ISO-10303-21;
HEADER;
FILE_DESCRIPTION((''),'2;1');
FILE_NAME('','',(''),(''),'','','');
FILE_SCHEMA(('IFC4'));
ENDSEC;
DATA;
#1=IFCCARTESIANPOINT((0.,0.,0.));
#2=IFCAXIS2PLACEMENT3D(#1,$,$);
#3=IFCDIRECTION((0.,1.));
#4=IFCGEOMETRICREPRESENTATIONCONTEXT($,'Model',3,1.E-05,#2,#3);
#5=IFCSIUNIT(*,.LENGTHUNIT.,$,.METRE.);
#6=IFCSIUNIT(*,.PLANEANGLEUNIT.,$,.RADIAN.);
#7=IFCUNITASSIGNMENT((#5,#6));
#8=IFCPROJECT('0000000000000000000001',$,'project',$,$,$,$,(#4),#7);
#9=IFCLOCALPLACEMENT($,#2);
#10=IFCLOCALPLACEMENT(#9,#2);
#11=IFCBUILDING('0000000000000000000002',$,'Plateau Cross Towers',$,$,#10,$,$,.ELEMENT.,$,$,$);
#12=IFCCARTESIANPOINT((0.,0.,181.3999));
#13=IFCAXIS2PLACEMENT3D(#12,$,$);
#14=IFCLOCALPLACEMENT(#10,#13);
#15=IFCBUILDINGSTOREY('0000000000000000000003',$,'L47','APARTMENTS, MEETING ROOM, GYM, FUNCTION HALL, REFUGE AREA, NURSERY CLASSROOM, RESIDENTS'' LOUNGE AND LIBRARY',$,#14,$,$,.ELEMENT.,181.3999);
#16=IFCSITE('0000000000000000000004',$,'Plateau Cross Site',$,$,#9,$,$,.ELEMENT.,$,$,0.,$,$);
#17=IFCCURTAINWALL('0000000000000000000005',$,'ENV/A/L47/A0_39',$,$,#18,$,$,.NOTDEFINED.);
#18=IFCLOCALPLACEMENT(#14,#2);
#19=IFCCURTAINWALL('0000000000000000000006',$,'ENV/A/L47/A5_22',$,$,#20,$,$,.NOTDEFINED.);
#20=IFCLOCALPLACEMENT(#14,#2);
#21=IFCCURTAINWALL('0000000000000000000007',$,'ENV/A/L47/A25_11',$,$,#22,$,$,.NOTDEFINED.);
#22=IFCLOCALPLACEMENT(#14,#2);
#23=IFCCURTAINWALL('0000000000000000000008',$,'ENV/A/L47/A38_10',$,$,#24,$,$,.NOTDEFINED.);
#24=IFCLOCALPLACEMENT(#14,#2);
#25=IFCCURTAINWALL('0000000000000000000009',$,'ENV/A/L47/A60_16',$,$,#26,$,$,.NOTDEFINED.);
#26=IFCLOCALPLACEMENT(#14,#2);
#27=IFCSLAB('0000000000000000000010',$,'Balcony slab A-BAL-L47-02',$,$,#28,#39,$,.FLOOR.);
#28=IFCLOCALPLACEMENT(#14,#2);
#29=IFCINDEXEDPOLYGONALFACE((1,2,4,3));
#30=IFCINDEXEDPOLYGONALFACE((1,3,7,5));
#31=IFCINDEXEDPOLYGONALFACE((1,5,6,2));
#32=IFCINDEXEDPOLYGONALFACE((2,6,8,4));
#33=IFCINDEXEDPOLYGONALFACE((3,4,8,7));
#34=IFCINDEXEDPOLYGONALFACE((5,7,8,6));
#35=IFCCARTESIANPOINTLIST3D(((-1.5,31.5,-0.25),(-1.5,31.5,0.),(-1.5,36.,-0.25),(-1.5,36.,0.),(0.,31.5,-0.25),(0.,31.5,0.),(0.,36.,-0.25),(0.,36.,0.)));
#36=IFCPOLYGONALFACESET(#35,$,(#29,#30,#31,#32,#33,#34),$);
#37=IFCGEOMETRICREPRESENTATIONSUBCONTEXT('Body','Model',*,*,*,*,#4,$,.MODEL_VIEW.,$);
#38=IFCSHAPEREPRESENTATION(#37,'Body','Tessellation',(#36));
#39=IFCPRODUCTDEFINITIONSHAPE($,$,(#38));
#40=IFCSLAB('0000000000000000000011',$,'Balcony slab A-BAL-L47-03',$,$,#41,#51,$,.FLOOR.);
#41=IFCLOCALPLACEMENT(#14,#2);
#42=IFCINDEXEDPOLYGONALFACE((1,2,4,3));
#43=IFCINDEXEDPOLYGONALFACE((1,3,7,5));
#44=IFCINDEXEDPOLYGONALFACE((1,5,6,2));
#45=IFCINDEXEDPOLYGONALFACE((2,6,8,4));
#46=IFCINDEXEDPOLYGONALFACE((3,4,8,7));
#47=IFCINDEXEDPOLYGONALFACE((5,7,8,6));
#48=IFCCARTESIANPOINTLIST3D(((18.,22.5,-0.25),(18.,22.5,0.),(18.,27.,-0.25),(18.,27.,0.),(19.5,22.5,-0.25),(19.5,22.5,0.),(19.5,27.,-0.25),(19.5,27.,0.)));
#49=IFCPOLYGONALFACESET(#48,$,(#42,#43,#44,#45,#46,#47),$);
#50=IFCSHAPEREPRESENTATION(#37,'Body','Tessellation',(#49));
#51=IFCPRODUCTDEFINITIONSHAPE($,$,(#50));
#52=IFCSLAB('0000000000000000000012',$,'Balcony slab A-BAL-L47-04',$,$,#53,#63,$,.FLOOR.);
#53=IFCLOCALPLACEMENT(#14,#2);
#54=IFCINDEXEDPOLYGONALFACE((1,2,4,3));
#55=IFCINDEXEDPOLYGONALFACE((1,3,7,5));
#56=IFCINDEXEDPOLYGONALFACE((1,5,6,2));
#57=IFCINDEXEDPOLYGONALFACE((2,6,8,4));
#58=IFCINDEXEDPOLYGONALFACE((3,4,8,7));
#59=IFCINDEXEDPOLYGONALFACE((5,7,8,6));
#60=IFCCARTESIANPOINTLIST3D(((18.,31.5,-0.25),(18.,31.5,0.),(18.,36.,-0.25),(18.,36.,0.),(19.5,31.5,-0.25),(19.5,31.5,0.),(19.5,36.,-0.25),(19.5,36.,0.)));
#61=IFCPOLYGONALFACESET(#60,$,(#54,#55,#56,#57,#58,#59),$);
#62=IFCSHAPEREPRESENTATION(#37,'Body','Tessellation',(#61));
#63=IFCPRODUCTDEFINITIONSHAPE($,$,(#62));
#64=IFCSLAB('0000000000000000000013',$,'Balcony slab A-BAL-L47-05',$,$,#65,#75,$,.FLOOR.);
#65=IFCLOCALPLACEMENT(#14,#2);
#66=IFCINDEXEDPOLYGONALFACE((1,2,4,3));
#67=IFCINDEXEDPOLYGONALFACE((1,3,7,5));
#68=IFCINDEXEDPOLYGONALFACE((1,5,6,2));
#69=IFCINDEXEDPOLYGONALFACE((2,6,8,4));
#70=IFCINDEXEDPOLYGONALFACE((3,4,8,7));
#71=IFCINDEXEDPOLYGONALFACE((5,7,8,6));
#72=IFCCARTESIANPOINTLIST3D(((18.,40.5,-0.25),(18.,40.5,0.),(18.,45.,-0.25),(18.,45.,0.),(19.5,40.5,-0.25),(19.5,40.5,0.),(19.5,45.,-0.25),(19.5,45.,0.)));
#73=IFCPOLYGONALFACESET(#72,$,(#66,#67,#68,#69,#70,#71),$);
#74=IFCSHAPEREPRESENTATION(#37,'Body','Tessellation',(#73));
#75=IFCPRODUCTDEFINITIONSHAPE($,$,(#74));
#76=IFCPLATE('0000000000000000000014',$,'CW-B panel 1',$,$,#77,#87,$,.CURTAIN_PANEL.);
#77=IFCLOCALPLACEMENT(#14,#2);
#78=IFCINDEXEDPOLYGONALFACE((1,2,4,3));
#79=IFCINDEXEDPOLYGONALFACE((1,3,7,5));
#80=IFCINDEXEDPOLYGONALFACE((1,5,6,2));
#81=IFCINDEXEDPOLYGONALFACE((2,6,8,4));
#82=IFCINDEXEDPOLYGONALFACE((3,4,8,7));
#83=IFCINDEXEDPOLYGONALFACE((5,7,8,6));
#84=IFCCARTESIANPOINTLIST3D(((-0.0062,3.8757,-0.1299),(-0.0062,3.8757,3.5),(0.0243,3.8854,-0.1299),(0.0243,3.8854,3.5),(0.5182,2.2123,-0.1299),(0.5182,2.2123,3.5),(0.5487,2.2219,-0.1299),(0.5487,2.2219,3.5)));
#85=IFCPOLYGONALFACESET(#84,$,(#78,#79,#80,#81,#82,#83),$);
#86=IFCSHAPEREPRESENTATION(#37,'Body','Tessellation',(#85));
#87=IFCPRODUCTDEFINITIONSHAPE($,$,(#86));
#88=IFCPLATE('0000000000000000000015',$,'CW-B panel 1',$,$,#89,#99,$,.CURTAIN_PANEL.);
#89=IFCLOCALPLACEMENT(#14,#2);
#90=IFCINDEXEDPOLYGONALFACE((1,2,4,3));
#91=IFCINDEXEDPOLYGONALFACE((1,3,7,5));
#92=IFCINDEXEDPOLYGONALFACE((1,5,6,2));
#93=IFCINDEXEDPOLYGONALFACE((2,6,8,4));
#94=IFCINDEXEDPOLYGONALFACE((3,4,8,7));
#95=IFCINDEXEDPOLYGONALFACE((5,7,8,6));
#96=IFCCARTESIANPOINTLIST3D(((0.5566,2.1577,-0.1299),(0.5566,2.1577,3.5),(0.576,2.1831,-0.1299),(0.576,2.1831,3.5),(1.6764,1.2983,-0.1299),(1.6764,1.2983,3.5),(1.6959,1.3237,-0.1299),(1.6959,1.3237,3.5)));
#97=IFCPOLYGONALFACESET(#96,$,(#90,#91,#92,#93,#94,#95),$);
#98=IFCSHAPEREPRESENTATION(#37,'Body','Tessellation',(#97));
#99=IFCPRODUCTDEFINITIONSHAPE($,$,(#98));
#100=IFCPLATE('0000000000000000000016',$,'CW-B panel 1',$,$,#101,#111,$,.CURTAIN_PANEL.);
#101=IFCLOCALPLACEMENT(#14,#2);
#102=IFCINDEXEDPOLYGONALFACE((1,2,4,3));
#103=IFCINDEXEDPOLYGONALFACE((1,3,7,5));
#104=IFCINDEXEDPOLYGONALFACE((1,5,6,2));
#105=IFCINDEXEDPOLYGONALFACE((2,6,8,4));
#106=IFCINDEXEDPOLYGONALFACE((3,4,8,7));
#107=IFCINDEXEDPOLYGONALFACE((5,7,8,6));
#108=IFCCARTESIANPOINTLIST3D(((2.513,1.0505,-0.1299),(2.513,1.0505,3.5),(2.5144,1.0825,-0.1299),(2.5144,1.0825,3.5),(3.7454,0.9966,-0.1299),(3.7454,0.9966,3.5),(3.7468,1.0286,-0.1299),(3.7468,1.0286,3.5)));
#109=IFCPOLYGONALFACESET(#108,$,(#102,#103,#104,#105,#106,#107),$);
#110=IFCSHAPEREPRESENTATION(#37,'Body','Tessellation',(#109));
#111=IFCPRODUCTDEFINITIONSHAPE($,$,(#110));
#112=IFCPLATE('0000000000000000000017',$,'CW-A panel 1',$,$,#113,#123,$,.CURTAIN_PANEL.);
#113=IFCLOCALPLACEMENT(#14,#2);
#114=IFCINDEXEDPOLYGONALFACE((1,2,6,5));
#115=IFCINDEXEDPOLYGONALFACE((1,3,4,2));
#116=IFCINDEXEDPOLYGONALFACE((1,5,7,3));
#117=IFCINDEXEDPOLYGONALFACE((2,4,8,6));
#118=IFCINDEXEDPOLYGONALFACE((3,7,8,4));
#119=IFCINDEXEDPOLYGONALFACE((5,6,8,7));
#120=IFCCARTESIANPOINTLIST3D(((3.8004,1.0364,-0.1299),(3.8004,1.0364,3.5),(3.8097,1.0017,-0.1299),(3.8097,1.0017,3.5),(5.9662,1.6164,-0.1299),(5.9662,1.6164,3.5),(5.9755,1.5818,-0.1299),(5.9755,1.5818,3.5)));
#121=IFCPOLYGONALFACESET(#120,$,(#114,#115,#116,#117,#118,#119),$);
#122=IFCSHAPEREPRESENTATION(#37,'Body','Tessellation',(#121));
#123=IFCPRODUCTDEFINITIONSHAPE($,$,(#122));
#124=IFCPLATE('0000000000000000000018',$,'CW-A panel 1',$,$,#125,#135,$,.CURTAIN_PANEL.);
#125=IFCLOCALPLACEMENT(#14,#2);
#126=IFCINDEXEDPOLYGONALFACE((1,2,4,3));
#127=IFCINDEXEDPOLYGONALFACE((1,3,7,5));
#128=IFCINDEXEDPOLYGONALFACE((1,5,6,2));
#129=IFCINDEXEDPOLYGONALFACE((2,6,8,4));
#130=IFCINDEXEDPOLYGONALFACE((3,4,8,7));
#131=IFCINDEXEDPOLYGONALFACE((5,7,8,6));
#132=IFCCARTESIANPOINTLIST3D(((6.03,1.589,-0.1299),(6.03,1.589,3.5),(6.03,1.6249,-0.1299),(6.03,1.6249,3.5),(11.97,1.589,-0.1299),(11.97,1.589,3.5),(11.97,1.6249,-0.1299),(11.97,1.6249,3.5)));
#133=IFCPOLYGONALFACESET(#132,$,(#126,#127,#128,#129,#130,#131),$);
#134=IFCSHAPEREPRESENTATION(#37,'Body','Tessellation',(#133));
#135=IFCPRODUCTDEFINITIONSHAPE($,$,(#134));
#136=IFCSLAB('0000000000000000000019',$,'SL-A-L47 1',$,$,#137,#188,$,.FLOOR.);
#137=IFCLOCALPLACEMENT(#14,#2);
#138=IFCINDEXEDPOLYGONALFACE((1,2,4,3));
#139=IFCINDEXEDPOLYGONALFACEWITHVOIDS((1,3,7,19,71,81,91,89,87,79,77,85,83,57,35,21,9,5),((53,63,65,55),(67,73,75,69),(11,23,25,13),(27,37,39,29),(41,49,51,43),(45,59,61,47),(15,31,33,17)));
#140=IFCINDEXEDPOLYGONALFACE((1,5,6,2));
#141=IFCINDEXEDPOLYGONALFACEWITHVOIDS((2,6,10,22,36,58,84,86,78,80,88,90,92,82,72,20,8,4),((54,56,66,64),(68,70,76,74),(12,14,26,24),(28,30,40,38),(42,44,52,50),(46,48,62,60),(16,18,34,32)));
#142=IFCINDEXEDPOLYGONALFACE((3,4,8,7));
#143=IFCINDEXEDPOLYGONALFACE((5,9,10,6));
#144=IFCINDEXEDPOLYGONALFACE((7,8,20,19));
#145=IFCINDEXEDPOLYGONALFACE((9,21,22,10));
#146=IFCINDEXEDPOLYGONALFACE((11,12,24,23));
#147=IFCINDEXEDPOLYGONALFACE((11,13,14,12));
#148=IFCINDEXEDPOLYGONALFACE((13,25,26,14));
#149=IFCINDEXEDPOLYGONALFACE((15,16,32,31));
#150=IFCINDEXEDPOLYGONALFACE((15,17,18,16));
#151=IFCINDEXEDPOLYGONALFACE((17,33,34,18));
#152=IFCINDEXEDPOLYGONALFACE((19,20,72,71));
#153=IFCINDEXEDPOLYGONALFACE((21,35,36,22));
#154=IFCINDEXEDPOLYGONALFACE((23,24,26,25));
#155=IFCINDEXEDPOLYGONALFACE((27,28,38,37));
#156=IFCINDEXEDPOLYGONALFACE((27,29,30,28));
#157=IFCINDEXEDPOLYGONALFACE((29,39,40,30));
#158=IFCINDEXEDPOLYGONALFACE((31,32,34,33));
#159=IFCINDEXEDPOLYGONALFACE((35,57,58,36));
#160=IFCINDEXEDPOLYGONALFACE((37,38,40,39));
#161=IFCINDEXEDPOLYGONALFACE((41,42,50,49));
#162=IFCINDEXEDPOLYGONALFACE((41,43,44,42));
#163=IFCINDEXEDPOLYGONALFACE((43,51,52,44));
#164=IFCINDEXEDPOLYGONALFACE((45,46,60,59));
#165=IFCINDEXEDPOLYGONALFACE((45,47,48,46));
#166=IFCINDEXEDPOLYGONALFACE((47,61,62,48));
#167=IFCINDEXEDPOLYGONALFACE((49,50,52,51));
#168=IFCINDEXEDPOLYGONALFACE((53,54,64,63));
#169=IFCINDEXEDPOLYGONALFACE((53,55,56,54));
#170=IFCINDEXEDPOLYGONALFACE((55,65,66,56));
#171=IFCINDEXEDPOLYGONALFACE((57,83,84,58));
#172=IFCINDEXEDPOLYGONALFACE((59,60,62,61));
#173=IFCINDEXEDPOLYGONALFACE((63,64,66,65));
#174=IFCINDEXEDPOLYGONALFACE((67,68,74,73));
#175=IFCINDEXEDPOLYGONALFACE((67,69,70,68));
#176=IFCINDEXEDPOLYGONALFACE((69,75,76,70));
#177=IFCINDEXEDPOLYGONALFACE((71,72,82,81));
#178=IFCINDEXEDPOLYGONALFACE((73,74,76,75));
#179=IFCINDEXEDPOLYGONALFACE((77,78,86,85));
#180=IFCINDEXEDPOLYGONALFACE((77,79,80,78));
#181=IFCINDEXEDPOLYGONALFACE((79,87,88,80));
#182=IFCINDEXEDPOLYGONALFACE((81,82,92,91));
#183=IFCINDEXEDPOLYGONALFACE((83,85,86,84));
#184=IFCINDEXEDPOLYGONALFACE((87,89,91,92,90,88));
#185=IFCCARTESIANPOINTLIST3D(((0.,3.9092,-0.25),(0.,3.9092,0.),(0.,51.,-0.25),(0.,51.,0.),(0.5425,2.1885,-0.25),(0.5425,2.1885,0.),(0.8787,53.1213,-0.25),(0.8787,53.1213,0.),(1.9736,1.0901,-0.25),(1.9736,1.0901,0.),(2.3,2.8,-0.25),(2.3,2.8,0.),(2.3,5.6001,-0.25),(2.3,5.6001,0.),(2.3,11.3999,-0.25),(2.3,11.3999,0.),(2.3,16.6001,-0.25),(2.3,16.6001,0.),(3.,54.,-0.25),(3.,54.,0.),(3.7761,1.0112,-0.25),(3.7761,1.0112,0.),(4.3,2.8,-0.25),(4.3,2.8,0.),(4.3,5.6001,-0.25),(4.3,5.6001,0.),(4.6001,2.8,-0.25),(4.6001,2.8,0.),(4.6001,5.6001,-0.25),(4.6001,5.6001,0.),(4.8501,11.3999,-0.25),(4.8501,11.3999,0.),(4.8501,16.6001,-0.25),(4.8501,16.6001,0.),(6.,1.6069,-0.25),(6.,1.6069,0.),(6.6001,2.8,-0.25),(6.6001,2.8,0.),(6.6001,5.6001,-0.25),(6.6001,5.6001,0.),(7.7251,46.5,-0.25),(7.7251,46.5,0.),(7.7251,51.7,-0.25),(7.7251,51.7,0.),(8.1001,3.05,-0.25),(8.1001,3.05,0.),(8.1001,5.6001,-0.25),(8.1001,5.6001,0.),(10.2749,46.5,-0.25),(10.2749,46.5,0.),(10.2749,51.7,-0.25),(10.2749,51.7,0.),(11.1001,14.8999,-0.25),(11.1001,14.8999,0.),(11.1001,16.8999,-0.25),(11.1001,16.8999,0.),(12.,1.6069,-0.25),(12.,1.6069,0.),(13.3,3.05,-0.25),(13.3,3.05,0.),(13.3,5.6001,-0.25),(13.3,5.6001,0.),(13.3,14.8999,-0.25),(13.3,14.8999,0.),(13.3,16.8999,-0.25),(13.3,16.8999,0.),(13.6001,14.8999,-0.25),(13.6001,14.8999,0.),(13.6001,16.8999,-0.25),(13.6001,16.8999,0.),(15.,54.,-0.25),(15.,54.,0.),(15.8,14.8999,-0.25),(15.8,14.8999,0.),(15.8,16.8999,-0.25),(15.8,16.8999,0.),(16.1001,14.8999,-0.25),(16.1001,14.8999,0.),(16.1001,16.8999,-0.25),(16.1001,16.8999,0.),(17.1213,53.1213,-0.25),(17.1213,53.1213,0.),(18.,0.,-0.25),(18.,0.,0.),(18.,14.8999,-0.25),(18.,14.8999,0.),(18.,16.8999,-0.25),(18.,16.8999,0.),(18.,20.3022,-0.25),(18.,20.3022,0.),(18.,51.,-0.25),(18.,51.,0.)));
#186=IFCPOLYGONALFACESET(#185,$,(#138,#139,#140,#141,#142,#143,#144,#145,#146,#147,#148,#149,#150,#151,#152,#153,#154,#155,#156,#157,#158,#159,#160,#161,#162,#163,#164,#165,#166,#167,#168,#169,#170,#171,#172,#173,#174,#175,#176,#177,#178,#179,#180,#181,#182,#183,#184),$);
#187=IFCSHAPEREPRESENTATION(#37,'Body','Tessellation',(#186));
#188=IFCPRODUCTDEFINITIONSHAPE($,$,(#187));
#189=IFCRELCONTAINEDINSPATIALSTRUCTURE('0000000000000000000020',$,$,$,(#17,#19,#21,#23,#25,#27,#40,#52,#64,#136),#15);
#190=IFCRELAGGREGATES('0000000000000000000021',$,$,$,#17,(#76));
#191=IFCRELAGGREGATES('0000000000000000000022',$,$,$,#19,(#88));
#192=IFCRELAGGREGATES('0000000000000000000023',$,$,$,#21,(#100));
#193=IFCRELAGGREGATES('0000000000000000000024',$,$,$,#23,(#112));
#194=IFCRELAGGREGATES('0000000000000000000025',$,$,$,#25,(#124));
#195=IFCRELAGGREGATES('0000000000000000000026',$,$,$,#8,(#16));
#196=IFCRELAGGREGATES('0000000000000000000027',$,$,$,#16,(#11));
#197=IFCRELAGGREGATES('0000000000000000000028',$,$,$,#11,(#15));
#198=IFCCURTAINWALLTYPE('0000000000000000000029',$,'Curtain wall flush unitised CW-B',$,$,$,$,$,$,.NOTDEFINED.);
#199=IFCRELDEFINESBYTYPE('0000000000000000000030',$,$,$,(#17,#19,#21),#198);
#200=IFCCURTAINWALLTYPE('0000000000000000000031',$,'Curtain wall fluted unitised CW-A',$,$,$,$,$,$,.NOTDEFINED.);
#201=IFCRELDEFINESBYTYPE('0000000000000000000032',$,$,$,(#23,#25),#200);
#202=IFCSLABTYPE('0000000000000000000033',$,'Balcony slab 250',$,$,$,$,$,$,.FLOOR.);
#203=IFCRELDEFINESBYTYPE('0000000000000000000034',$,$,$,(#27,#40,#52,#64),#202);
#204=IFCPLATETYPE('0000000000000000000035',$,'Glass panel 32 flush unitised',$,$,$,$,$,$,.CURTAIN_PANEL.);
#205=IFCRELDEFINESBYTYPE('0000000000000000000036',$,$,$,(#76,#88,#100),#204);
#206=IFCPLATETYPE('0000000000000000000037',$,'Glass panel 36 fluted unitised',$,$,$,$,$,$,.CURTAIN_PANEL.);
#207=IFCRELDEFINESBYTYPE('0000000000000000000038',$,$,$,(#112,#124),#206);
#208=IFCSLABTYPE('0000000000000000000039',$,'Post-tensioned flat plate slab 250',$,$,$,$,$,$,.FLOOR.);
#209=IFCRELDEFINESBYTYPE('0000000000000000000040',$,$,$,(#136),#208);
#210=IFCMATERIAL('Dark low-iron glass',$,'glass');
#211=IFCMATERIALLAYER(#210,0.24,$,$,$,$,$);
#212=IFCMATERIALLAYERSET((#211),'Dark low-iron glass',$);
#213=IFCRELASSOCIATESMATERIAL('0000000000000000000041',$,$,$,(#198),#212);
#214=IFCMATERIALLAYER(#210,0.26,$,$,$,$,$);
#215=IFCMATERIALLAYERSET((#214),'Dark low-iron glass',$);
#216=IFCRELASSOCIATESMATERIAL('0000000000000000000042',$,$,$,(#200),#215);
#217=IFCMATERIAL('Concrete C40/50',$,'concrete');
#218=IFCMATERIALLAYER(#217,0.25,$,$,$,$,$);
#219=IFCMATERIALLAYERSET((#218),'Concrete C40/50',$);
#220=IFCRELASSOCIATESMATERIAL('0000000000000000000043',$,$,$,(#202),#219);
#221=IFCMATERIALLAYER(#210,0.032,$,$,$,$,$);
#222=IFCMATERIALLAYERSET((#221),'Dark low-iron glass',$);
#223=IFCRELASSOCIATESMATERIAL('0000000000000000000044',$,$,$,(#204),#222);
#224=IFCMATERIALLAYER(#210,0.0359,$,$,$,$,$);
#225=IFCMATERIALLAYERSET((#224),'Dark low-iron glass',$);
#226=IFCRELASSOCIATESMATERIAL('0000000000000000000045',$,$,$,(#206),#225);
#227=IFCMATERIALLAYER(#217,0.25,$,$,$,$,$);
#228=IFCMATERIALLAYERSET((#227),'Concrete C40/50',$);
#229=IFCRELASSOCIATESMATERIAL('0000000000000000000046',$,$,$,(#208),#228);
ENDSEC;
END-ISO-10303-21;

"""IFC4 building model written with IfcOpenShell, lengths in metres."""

from ifc_helpers import new_model, si_unit, direction, frame, origin, origin_2d, place, context, subcontext, project, spatial, polyline, rectangle, outline, extrude, material, layer, layer_set, type_object, element, aggregate, save


model = new_model("IFC4")

# Units and contexts
model_context = context("Model", 3, precision=1e-05, world=origin(), true_north=direction((0.0, 1.0)))
body_context = subcontext(model_context, "Body", "Model", "MODEL_VIEW")
ifc_project = project(units=[si_unit("LENGTHUNIT", "METRE"), si_unit("PLANEANGLEUNIT", "RADIAN")], contexts=[model_context])

# Site, building, storey
site_placement = place(None, origin())
site = spatial("IfcSite", under=ifc_project, at=site_placement, Name="Plateau Cross Site", CompositionType="ELEMENT", RefElevation=0.0)
building_placement = place(site_placement, origin())
building = spatial("IfcBuilding", under=site, at=building_placement, Name="Plateau Cross Towers", CompositionType="ELEMENT")
storey_placement = place(building_placement, frame((0.0, 0.0, 181.3999)))
storey = spatial("IfcBuildingStorey", under=building, at=storey_placement, Name="L47", Description="APARTMENTS, MEETING ROOM, GYM, FUNCTION HALL, REFUGE AREA, NURSERY CLASSROOM, RESIDENTS' LOUNGE AND LIBRARY", CompositionType="ELEMENT", Elevation=181.3999)

# Curtain wall
ifc_material_1 = material(Name="Dark low-iron glass", Category="glass")
ifc_layer_1 = layer(ifc_material_1, 0.24)
ifc_layer_set_1 = layer_set([ifc_layer_1], Name="Dark low-iron glass")
curtain_wall_type_1 = type_object("IfcCurtainWallType", Name="Curtain wall flush unitised CW-B", PredefinedType="NOTDEFINED", material=ifc_layer_set_1)
curtain_wall_1_placement = place(storey_placement, origin())
curtain_wall_1 = element("IfcCurtainWall", 1, at=curtain_wall_1_placement, inside=storey, type_object=curtain_wall_type_1, Name="ENV/A/L47/A0_39", PredefinedType="NOTDEFINED")

# Curtain wall
curtain_wall_2_placement = place(storey_placement, origin())
curtain_wall_2 = element("IfcCurtainWall", 2, at=curtain_wall_2_placement, inside=storey, type_object=curtain_wall_type_1, Name="ENV/A/L47/A5_22", PredefinedType="NOTDEFINED")

# Curtain walls
curtain_wall_3_placement = place(storey_placement, origin())
curtain_wall_3 = element("IfcCurtainWall", 3, at=curtain_wall_3_placement, inside=storey, type_object=curtain_wall_type_1, Name="ENV/A/L47/A25_11", PredefinedType="NOTDEFINED")
ifc_layer_2 = layer(ifc_material_1, 0.26)
ifc_layer_set_2 = layer_set([ifc_layer_2], Name="Dark low-iron glass")
curtain_wall_type_2 = type_object("IfcCurtainWallType", Name="Curtain wall fluted unitised CW-A", PredefinedType="NOTDEFINED", material=ifc_layer_set_2)
curtain_wall_4_placement = place(storey_placement, origin())
curtain_wall_4 = element("IfcCurtainWall", 4, at=curtain_wall_4_placement, inside=storey, type_object=curtain_wall_type_2, Name="ENV/A/L47/A38_10", PredefinedType="NOTDEFINED")
curtain_wall_5_placement = place(storey_placement, origin())
curtain_wall_5 = element("IfcCurtainWall", 5, at=curtain_wall_5_placement, inside=storey, type_object=curtain_wall_type_2, Name="ENV/A/L47/A60_16", PredefinedType="NOTDEFINED")

# Slabs
ifc_material_2 = material(Name="Concrete C40/50", Category="concrete")
ifc_layer_3 = layer(ifc_material_2, 0.25)
ifc_layer_set_3 = layer_set([ifc_layer_3], Name="Concrete C40/50")
slab_type_1 = type_object("IfcSlabType", Name="Balcony slab 250", PredefinedType="FLOOR", material=ifc_layer_set_3)
slab_1_placement = place(storey_placement, frame((0.0, 0.0, -0.25)))
element("IfcSlab", 6, at=slab_1_placement, inside=storey, type_object=slab_type_1, Name="Balcony slab A-BAL-L47-02", PredefinedType="FLOOR", context=body_context, shape_type="SweptSolid", body=[
    extrude(outline(polyline([(0.0, 31.5), (0.0, 36.0), (-1.5, 36.0), (-1.5, 31.5), (0.0, 31.5)])), origin(), (0.0, 0.0, 1.0), 0.25),
])
slab_2_placement = place(storey_placement, frame((0.0, 0.0, -0.25)))
element("IfcSlab", 7, at=slab_2_placement, inside=storey, type_object=slab_type_1, Name="Balcony slab A-BAL-L47-03", PredefinedType="FLOOR", context=body_context, shape_type="SweptSolid", body=[
    extrude(outline(polyline([(19.5, 22.5), (19.5, 27.0), (18.0, 27.0), (18.0, 22.5), (19.5, 22.5)])), origin(), (0.0, 0.0, 1.0), 0.25),
])
slab_3_placement = place(storey_placement, frame((0.0, 0.0, -0.25)))
element("IfcSlab", 8, at=slab_3_placement, inside=storey, type_object=slab_type_1, Name="Balcony slab A-BAL-L47-04", PredefinedType="FLOOR", context=body_context, shape_type="SweptSolid", body=[
    extrude(outline(polyline([(19.5, 31.5), (19.5, 36.0), (18.0, 36.0), (18.0, 31.5), (19.5, 31.5)])), origin(), (0.0, 0.0, 1.0), 0.25),
])
slab_4_placement = place(storey_placement, frame((0.0, 0.0, -0.25)))
element("IfcSlab", 9, at=slab_4_placement, inside=storey, type_object=slab_type_1, Name="Balcony slab A-BAL-L47-05", PredefinedType="FLOOR", context=body_context, shape_type="SweptSolid", body=[
    extrude(outline(polyline([(19.5, 40.5), (19.5, 45.0), (18.0, 45.0), (18.0, 40.5), (19.5, 40.5)])), origin(), (0.0, 0.0, 1.0), 0.25),
])

# Plates
ifc_layer_4 = layer(ifc_material_1, 0.032)
ifc_layer_set_4 = layer_set([ifc_layer_4], Name="Dark low-iron glass")
plate_type_1 = type_object("IfcPlateType", Name="Glass panel 32 flush unitised", PredefinedType="CURTAIN_PANEL", material=ifc_layer_set_4)
plate_1_placement = place(storey_placement, frame((0.2712, 3.0488, -0.1299), z_axis=(0.0, 0.0, 1.0), x_axis=(0.300686, -0.953723, 0.0)))
plate_1 = element("IfcPlate", 10, at=plate_1_placement, type_object=plate_type_1, Name="CW-B panel 1", PredefinedType="CURTAIN_PANEL", context=body_context, shape_type="SweptSolid", body=[
    extrude(rectangle(XDim=1.7441, YDim=0.032, at=origin_2d()), origin(), (0.0, 0.0, 1.0), 3.6299),
])
aggregate(curtain_wall_1, [plate_1])
plate_2_placement = place(storey_placement, frame((1.1262, 1.7407, -0.1299), z_axis=(0.0, 0.0, 1.0), x_axis=(0.793316, -0.608811, 0.0)))
plate_2 = element("IfcPlate", 11, at=plate_2_placement, type_object=plate_type_1, Name="CW-B panel 1", PredefinedType="CURTAIN_PANEL", context=body_context, shape_type="SweptSolid", body=[
    extrude(rectangle(XDim=1.4116, YDim=0.032, at=origin_2d()), origin(), (0.0, 0.0, 1.0), 3.6299),
])
aggregate(curtain_wall_2, [plate_2])
plate_3_placement = place(storey_placement, frame((3.1299, 1.0396, -0.1299), z_axis=(0.0, 0.0, 1.0), x_axis=(0.999044, -0.043723, 0.0)))
plate_3 = element("IfcPlate", 12, at=plate_3_placement, type_object=plate_type_1, Name="CW-B panel 1", PredefinedType="CURTAIN_PANEL", context=body_context, shape_type="SweptSolid", body=[
    extrude(rectangle(XDim=1.2336, YDim=0.032, at=origin_2d()), origin(), (0.0, 0.0, 1.0), 3.6299),
])
aggregate(curtain_wall_3, [plate_3])
ifc_layer_5 = layer(ifc_material_1, 0.0359)
ifc_layer_set_5 = layer_set([ifc_layer_5], Name="Dark low-iron glass")
plate_type_2 = type_object("IfcPlateType", Name="Glass panel 36 fluted unitised", PredefinedType="CURTAIN_PANEL", material=ifc_layer_set_5)
plate_4_placement = place(storey_placement, frame((4.8879, 1.3091, -0.1299), z_axis=(0.0, 0.0, 1.0), x_axis=(0.965958, 0.258699, 0.0)))
plate_4 = element("IfcPlate", 13, at=plate_4_placement, type_object=plate_type_2, Name="CW-A panel 1", PredefinedType="CURTAIN_PANEL", context=body_context, shape_type="SweptSolid", body=[
    extrude(rectangle(XDim=2.2422, YDim=0.0359, at=origin_2d()), origin(), (0.0, 0.0, 1.0), 3.6299),
])
aggregate(curtain_wall_4, [plate_4])
plate_5_placement = place(storey_placement, frame((9.0, 1.6069, -0.1299), z_axis=(0.0, 0.0, 1.0), x_axis=(1.0, 0.0, 0.0)))
plate_5 = element("IfcPlate", 14, at=plate_5_placement, type_object=plate_type_2, Name="CW-A panel 1", PredefinedType="CURTAIN_PANEL", context=body_context, shape_type="SweptSolid", body=[
    extrude(rectangle(XDim=5.9399, YDim=0.0359, at=origin_2d()), origin(), (0.0, 0.0, 1.0), 3.6299),
])
aggregate(curtain_wall_5, [plate_5])

# Slab
ifc_layer_6 = layer(ifc_material_2, 0.25)
ifc_layer_set_6 = layer_set([ifc_layer_6], Name="Concrete C40/50")
slab_type_2 = type_object("IfcSlabType", Name="Post-tensioned flat plate slab 250", PredefinedType="FLOOR", material=ifc_layer_set_6)
slab_5_placement = place(storey_placement, frame((0.0, 0.0, -0.25)))
element("IfcSlab", 15, at=slab_5_placement, inside=storey, type_object=slab_type_2, Name="SL-A-L47 1", PredefinedType="FLOOR", context=body_context, shape_type="SweptSolid", body=[
    extrude(outline(polyline([(0.5425, 2.1885), (0.0, 3.9092), (0.0, 51.0), (0.8787, 53.1213), (3.0, 54.0), (15.0, 54.0), (17.1213, 53.1213), (18.0, 51.0), (18.0, 20.3022), (18.0, 16.8999), (16.1001, 16.8999), (16.1001, 14.8999), (18.0, 14.8999), (18.0, 0.0), (12.0, 1.6069), (6.0, 1.6069), (3.7761, 1.0112), (1.9736, 1.0901), (0.5425, 2.1885)]), holes=[polyline([(2.3, 5.6001), (2.3, 2.8), (4.3, 2.8), (4.3, 5.6001), (2.3, 5.6001)]), polyline([(4.6001, 5.6001), (4.6001, 2.8), (6.6001, 2.8), (6.6001, 5.6001), (4.6001, 5.6001)]), polyline([(8.1001, 5.6001), (8.1001, 3.05), (13.3, 3.05), (13.3, 5.6001), (8.1001, 5.6001)]), polyline([(2.3, 11.3999), (4.8501, 11.3999), (4.8501, 16.6001), (2.3, 16.6001), (2.3, 11.3999)]), polyline([(11.1001, 16.8999), (11.1001, 14.8999), (13.3, 14.8999), (13.3, 16.8999), (11.1001, 16.8999)]), polyline([(13.6001, 16.8999), (13.6001, 14.8999), (15.8, 14.8999), (15.8, 16.8999), (13.6001, 16.8999)]), polyline([(7.7251, 51.7), (7.7251, 46.5), (10.2749, 46.5), (10.2749, 51.7), (7.7251, 51.7)])]), origin(), (0.0, 0.0, 1.0), 0.25),
])

save(model, "model.ifc")
